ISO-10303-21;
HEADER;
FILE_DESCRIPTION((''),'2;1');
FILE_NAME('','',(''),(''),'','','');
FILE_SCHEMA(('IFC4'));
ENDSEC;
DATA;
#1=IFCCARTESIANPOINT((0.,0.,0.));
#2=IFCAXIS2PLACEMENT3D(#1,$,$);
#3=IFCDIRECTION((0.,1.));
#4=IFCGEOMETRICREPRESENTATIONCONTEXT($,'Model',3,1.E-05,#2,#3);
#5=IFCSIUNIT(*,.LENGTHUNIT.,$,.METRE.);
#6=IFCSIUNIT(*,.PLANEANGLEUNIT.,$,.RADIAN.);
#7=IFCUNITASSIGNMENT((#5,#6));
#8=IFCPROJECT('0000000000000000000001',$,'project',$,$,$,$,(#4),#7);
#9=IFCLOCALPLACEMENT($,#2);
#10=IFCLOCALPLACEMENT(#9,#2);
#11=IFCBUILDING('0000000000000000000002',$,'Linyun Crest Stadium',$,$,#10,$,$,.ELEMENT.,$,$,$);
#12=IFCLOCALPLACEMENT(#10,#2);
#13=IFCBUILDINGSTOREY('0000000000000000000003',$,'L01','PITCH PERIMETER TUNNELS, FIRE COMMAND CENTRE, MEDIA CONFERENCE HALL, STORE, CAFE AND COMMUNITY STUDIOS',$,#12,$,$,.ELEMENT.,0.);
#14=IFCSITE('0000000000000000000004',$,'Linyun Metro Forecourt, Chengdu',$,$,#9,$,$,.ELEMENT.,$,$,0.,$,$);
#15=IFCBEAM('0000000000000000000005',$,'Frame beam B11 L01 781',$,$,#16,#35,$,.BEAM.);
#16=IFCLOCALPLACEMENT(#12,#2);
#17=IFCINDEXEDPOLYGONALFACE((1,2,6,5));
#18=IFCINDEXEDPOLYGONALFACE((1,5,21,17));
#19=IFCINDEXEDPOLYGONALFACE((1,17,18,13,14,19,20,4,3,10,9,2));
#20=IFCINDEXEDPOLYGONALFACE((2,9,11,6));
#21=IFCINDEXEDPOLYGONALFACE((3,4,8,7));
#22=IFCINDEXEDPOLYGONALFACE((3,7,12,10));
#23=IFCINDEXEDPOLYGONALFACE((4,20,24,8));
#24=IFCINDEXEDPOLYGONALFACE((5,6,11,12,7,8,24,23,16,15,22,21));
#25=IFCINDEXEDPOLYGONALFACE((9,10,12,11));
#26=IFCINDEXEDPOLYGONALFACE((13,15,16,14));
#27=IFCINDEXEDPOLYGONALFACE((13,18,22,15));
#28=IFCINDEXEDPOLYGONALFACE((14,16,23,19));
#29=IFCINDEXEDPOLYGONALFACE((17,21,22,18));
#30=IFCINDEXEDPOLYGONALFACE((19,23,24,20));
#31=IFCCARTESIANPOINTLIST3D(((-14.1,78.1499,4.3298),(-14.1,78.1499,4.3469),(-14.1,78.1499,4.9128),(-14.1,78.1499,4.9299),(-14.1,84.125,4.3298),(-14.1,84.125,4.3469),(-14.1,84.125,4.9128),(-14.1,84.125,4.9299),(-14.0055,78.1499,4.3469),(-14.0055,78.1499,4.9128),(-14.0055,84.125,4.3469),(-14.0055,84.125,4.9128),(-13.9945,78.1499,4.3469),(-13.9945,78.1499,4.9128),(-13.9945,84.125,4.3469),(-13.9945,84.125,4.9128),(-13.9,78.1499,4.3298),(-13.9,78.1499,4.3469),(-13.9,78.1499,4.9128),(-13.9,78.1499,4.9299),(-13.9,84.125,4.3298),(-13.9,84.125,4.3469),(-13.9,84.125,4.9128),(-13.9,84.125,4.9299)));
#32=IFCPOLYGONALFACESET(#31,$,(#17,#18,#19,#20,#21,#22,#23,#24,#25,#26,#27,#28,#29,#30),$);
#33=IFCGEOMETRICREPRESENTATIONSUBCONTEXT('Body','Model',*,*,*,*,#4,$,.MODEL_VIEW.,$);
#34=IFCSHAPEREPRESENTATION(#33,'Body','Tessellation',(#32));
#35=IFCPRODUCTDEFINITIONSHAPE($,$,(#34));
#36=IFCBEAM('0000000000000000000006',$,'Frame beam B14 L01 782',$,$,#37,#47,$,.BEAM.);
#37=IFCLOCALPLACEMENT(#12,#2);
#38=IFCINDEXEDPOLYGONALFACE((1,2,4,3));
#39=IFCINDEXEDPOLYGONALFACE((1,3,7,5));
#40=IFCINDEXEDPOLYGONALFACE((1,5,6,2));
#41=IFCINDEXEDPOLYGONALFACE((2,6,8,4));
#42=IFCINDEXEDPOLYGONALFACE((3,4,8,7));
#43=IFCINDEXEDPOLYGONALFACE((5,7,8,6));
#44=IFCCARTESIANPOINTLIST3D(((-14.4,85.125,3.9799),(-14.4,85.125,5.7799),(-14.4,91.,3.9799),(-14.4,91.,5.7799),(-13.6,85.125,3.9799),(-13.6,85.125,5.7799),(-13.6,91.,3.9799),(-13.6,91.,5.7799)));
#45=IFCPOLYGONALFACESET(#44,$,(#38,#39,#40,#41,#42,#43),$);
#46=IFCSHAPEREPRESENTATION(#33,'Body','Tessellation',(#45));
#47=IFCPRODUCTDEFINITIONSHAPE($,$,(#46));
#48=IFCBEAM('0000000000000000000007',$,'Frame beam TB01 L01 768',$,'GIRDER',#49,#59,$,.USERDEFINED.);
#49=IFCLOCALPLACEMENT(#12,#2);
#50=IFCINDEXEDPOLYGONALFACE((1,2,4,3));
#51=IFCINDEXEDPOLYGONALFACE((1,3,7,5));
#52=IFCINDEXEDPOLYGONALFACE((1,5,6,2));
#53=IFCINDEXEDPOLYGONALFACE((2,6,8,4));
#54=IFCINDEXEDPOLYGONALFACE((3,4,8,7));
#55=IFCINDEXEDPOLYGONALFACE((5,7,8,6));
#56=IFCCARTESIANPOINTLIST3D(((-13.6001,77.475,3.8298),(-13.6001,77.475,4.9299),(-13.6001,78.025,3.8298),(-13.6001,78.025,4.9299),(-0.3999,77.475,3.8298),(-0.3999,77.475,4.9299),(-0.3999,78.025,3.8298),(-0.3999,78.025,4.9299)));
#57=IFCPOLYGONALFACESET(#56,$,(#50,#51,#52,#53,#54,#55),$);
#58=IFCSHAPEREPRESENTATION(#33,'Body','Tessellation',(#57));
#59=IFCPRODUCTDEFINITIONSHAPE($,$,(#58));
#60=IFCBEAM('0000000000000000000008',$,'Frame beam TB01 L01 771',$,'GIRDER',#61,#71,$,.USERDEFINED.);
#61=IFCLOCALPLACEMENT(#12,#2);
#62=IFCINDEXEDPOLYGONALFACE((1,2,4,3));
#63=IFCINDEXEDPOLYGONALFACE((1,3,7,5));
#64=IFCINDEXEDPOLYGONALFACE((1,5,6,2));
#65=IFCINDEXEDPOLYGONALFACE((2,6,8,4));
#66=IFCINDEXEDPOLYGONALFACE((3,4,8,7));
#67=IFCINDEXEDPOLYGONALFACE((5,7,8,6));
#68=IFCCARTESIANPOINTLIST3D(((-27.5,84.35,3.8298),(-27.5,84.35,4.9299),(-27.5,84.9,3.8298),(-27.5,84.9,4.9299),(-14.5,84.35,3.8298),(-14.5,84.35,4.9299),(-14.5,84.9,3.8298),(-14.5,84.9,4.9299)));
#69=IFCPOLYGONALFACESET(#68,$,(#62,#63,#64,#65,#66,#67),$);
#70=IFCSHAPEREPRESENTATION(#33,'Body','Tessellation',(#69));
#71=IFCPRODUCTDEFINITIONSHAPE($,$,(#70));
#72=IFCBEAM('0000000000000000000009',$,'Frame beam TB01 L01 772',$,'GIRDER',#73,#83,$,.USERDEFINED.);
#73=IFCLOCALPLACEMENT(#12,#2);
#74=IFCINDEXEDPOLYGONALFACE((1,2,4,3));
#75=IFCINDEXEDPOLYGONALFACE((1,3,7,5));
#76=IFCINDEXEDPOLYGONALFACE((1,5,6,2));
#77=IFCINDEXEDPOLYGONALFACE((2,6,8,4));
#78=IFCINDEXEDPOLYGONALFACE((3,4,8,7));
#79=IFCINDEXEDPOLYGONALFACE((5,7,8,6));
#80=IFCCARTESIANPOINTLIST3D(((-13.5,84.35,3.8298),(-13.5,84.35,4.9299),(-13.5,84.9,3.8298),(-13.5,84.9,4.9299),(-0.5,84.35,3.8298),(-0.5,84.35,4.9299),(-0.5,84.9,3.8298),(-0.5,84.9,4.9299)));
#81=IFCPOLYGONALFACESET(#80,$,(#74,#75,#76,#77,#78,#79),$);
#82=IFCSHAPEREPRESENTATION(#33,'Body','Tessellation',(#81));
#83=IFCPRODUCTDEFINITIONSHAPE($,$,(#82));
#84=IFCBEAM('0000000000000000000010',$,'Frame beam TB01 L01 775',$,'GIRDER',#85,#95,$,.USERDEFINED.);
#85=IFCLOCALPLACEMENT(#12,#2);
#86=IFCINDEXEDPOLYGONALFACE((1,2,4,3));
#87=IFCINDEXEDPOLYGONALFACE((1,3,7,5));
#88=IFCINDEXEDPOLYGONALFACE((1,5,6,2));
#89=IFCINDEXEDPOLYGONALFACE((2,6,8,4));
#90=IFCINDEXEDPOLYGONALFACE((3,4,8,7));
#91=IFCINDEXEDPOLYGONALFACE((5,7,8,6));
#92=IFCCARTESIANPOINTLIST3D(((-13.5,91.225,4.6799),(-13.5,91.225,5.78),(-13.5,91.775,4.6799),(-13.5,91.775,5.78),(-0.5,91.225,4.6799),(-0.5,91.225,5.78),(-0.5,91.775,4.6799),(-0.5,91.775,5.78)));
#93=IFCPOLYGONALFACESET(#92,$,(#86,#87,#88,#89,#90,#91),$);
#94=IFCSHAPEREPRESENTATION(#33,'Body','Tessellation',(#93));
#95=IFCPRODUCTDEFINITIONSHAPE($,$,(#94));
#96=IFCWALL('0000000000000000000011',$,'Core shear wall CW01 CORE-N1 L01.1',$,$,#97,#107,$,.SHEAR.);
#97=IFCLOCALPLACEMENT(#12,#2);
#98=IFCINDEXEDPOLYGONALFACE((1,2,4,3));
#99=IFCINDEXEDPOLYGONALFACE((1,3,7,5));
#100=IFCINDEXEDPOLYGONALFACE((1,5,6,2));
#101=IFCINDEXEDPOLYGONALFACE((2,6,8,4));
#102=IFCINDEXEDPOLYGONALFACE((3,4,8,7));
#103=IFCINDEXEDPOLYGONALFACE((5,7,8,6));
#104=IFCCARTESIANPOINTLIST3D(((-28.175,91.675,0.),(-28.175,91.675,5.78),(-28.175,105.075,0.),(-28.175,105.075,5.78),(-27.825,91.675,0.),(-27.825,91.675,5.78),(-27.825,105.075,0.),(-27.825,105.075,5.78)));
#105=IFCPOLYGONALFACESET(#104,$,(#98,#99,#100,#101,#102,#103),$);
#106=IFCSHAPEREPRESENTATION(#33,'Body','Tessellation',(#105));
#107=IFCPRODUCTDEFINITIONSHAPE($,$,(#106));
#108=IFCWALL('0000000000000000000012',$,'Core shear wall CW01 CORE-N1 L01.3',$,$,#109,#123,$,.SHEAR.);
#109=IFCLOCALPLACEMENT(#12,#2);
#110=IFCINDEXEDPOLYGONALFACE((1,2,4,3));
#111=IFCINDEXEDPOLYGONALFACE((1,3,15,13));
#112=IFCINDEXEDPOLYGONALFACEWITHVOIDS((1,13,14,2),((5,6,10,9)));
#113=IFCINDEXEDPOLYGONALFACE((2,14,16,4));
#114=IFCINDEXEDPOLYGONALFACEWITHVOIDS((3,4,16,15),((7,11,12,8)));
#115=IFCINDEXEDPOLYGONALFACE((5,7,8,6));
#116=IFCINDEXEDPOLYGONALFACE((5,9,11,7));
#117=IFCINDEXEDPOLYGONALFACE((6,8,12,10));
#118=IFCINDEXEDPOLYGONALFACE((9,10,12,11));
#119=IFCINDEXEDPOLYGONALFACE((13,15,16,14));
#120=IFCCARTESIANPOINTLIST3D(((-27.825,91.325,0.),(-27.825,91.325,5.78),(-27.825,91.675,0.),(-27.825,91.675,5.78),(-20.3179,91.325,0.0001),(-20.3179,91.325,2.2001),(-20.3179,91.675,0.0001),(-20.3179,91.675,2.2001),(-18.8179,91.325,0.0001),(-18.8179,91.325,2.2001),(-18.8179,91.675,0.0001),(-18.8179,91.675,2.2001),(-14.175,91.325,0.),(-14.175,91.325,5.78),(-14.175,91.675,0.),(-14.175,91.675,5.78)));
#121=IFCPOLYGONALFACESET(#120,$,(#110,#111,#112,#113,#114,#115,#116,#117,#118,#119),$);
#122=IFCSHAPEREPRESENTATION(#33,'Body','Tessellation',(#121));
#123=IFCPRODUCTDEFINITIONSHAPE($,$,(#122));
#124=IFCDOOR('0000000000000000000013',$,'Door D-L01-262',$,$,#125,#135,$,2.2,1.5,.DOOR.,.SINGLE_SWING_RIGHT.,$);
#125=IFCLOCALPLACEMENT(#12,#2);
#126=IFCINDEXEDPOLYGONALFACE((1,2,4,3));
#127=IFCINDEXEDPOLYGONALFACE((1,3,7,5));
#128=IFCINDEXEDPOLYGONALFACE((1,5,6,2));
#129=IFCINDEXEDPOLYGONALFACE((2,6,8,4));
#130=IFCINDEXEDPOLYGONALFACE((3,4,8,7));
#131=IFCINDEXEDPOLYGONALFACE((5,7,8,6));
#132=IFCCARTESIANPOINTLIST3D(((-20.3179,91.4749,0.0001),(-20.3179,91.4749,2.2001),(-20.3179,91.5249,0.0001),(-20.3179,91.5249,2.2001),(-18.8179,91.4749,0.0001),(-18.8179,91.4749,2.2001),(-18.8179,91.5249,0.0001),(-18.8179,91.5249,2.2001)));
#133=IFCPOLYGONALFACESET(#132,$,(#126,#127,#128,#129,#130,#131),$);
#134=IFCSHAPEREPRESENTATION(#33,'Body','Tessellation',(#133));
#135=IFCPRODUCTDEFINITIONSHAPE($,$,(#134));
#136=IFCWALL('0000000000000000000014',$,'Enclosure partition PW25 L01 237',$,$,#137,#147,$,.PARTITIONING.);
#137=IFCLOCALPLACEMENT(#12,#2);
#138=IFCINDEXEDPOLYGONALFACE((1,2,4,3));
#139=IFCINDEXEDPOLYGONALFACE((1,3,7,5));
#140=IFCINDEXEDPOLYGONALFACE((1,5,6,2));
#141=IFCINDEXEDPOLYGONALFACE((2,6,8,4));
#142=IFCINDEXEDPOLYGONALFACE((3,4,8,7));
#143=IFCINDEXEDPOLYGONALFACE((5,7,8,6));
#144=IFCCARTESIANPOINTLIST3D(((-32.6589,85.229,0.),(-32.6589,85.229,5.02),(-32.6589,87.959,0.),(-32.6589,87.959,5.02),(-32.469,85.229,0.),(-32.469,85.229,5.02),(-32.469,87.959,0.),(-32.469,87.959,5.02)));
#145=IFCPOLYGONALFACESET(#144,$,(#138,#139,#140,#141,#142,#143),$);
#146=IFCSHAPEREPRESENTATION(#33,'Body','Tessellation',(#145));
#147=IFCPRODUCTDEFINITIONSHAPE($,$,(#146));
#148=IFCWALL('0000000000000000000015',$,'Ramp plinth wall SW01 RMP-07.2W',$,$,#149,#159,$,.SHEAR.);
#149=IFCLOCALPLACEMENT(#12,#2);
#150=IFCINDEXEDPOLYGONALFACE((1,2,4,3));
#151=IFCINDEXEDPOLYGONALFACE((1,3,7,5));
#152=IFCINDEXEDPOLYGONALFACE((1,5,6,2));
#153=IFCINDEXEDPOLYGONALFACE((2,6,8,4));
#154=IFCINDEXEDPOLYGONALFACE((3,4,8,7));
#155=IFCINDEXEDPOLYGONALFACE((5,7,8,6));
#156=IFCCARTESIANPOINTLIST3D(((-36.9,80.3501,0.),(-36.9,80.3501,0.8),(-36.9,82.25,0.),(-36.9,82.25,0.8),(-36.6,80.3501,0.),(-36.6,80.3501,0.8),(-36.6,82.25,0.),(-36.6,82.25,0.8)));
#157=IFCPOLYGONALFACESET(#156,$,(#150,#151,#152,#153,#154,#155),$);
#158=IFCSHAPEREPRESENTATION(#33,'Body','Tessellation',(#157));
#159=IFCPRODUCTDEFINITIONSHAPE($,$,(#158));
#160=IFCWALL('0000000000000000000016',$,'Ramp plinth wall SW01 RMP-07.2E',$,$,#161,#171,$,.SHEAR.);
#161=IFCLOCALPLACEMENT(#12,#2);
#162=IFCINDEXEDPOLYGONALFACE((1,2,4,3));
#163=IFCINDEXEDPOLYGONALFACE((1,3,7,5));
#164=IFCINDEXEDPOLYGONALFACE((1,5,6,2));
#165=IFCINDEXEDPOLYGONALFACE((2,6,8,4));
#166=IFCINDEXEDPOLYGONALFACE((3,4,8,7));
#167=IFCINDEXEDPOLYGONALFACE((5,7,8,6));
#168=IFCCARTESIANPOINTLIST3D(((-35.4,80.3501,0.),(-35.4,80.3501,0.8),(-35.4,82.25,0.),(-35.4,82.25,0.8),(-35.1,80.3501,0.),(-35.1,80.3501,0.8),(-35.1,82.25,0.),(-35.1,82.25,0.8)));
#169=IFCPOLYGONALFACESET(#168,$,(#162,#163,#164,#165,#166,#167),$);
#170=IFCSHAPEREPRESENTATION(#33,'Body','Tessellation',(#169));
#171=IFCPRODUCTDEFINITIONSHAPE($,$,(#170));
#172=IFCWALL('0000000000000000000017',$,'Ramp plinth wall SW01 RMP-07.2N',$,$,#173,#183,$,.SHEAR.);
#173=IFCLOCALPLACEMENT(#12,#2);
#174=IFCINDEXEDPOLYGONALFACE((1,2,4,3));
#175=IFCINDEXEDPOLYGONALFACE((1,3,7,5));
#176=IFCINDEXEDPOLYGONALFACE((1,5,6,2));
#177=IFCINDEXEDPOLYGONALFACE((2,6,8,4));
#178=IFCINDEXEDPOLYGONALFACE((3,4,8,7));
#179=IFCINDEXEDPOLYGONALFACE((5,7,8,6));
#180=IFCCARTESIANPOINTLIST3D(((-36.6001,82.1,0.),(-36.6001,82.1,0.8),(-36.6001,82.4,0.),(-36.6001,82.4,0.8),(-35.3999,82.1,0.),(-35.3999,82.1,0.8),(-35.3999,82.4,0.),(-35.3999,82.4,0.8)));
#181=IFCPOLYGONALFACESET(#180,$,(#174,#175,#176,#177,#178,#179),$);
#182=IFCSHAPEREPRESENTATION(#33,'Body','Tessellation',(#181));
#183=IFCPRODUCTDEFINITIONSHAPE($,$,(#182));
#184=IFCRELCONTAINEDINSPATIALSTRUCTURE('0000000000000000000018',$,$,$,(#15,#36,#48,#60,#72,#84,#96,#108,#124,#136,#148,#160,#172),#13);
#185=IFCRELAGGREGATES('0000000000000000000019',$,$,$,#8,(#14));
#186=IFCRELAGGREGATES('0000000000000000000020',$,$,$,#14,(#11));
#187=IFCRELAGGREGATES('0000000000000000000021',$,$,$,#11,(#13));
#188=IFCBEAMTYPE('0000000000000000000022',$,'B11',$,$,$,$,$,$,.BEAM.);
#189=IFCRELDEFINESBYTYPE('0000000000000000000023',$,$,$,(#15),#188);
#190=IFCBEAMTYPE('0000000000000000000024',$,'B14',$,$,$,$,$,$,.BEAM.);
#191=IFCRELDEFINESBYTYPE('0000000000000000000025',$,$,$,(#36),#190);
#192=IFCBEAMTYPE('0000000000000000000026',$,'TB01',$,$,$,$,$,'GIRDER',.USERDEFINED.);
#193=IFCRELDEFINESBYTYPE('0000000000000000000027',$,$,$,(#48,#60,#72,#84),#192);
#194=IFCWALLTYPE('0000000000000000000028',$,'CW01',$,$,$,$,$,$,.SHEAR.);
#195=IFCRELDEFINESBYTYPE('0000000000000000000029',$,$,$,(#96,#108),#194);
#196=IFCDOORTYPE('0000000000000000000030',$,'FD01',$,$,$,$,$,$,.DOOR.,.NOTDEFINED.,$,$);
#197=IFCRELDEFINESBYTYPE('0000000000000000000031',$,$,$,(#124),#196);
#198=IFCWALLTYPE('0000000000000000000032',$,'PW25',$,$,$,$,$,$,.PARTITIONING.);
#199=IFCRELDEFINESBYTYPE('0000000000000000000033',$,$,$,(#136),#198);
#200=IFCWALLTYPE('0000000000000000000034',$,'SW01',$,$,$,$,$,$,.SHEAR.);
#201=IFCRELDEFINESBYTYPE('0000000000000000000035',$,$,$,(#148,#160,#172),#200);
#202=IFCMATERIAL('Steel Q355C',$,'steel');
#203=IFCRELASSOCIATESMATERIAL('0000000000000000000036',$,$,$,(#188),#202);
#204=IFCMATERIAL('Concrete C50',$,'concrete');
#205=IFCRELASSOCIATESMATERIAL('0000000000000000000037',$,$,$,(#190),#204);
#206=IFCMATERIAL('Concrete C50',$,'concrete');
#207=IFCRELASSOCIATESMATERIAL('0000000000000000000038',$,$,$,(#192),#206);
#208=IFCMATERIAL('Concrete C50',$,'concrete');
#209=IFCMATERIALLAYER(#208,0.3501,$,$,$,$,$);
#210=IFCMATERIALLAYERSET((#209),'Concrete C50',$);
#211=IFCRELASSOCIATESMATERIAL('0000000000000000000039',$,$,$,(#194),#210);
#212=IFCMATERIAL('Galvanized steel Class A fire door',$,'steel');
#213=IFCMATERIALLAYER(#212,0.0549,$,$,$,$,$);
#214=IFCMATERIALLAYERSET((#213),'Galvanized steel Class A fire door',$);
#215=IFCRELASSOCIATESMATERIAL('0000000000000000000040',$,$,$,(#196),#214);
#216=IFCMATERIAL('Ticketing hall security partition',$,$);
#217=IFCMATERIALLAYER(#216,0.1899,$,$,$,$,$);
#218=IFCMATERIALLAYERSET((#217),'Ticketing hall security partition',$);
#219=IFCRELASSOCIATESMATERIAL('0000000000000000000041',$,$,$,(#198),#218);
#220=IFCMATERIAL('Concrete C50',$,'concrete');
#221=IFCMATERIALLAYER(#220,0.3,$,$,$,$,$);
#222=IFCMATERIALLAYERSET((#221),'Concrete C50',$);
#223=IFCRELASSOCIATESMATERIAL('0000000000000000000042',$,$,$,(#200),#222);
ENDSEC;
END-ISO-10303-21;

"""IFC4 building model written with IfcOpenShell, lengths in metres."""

from ifc_helpers import new_model, si_unit, direction, frame, frame_2d, origin, origin_2d, place, context, subcontext, project, spatial, rectangle, i_section, extrude, material, layer, layer_set, material_profile, profile_set, type_object, element, fill, save


model = new_model("IFC4")

# Units and contexts
model_context = context("Model", 3, precision=1e-05, world=origin(), true_north=direction((0.0, 1.0)))
body_context = subcontext(model_context, "Body", "Model", "MODEL_VIEW")
ifc_project = project(units=[si_unit("LENGTHUNIT", "METRE"), si_unit("PLANEANGLEUNIT", "RADIAN")], contexts=[model_context])

# Site, building, storey
site_placement = place(None, origin())
site = spatial("IfcSite", under=ifc_project, at=site_placement, Name="Linyun Metro Forecourt, Chengdu", CompositionType="ELEMENT", RefElevation=0.0)
building_placement = place(site_placement, origin())
building = spatial("IfcBuilding", under=site, at=building_placement, Name="Linyun Crest Stadium", CompositionType="ELEMENT")
storey_placement = place(building_placement, origin())
storey = spatial("IfcBuildingStorey", under=building, at=storey_placement, Name="L01", Description="PITCH PERIMETER TUNNELS, FIRE COMMAND CENTRE, MEDIA CONFERENCE HALL, STORE, CAFE AND COMMUNITY STUDIOS", CompositionType="ELEMENT", Elevation=0.0)

# Beams
ifc_material_1 = material(Name="Steel Q355C", Category="steel")
ifc_material_profile_1 = material_profile(ifc_material_1, i_section(OverallWidth=0.2, OverallDepth=0.6001, WebThickness=0.011, FlangeThickness=0.0171, at=origin_2d()), Name="HN 600x200")
ifc_profile_set_1 = profile_set([ifc_material_profile_1], Name="Steel Q355C")
beam_type_1 = type_object("IfcBeamType", Name="B11", PredefinedType="BEAM", material=ifc_profile_set_1)
beam_1_placement = place(storey_placement, frame((-14.0, 78.1499, 4.6299), z_axis=(0.0, 1.0, 0.0), x_axis=(-1.0, 0.0, 0.0)))
element("IfcBeam", 1, at=beam_1_placement, inside=storey, type_object=beam_type_1, Name="Frame beam B11 L01 781", PredefinedType="BEAM", context=body_context, shape_type="SweptSolid", body=[
    extrude(i_section(OverallWidth=0.2, OverallDepth=0.6001, WebThickness=0.011, FlangeThickness=0.0171, at=origin_2d()), origin(), (0.0, 0.0, 1.0), 5.9751),
])
ifc_material_2 = material(Name="Concrete C50", Category="concrete")
ifc_material_profile_2 = material_profile(ifc_material_2, rectangle(XDim=0.8, YDim=1.8, at=origin_2d()), Name="RCB 1800x800")
ifc_profile_set_2 = profile_set([ifc_material_profile_2], Name="Concrete C50")
beam_type_2 = type_object("IfcBeamType", Name="B14", PredefinedType="BEAM", material=ifc_profile_set_2)
beam_2_placement = place(storey_placement, frame((-14.0, 85.125, 4.8799), z_axis=(0.0, 1.0, 0.0), x_axis=(-1.0, 0.0, 0.0)))
element("IfcBeam", 2, at=beam_2_placement, inside=storey, type_object=beam_type_2, Name="Frame beam B14 L01 782", PredefinedType="BEAM", context=body_context, shape_type="SweptSolid", body=[
    extrude(rectangle(XDim=0.8, YDim=1.8, at=origin_2d()), origin(), (0.0, 0.0, 1.0), 5.875),
])
ifc_material_3 = material(Name="Concrete C50", Category="concrete")
ifc_material_profile_3 = material_profile(ifc_material_3, rectangle(XDim=0.55, YDim=1.1001, at=origin_2d()), Name="RCB 1100x550")
ifc_profile_set_3 = profile_set([ifc_material_profile_3], Name="Concrete C50")
beam_type_3 = type_object("IfcBeamType", Name="TB01", ElementType="GIRDER", PredefinedType="USERDEFINED", material=ifc_profile_set_3)
beam_3_placement = place(storey_placement, frame((-13.6001, 77.75, 4.3799), z_axis=(1.0, 0.0, 0.0), x_axis=(0.0, 1.0, 0.0)))
element("IfcBeam", 3, at=beam_3_placement, inside=storey, type_object=beam_type_3, Name="Frame beam TB01 L01 768", ObjectType="GIRDER", PredefinedType="USERDEFINED", context=body_context, shape_type="SweptSolid", body=[
    extrude(rectangle(XDim=0.55, YDim=1.1001, at=origin_2d()), origin(), (0.0, 0.0, 1.0), 13.2002),
])
for number, where, z_axis, x_axis, name in (
    (4, (-27.5, 84.625, 4.3799), (1.0, 0.0, 0.0), (0.0, 1.0, 0.0), "Frame beam TB01 L01 771"),
    (5, (-13.5, 84.625, 4.3799), (1.0, 0.0, 0.0), (0.0, 1.0, 0.0), "Frame beam TB01 L01 772"),
    (6, (-13.5, 91.5, 5.23), (1.0, 0.0, 0.0), (0.0, 1.0, 0.0), "Frame beam TB01 L01 775"),
):
    element("IfcBeam", number, at=place(storey_placement, frame(where, z_axis=z_axis, x_axis=x_axis)), inside=storey, type_object=beam_type_3, Name=name, ObjectType="GIRDER", PredefinedType="USERDEFINED", context=body_context, shape_type="SweptSolid", body=[
        extrude(rectangle(XDim=0.55, YDim=1.1001, at=origin_2d()), origin(), (0.0, 0.0, 1.0), 13.0),
    ])

# Wall
ifc_material_4 = material(Name="Concrete C50", Category="concrete")
ifc_layer_1 = layer(ifc_material_4, 0.3501)
ifc_layer_set_1 = layer_set([ifc_layer_1], Name="Concrete C50")
wall_type_1 = type_object("IfcWallType", Name="CW01", PredefinedType="SHEAR", material=ifc_layer_set_1)
wall_1_placement = place(storey_placement, frame((-28.0, 91.675, 0.0), z_axis=(0.0, 0.0, 1.0), x_axis=(0.0, 1.0, 0.0)))
element("IfcWall", 7, at=wall_1_placement, inside=storey, type_object=wall_type_1, Name="Core shear wall CW01 CORE-N1 L01.1", PredefinedType="SHEAR", context=body_context, shape_type="SweptSolid", body=[
    extrude(rectangle(XDim=13.3999, YDim=0.3501, at=frame_2d((6.7, 0.0))), origin(), (0.0, 0.0, 1.0), 5.78),
])

# Wall, opening, door
wall_2_placement = place(storey_placement, frame((-27.825, 91.5, 0.0), z_axis=(0.0, 0.0, 1.0), x_axis=(1.0, 0.0, 0.0)))
wall_2 = element("IfcWall", 8, at=wall_2_placement, inside=storey, type_object=wall_type_1, Name="Core shear wall CW01 CORE-N1 L01.3", PredefinedType="SHEAR", context=body_context, shape_type="SweptSolid", body=[
    extrude(rectangle(XDim=13.6499, YDim=0.3501, at=frame_2d((6.825, 0.0))), origin(), (0.0, 0.0, 1.0), 5.78),
])
opening_placement = place(wall_2_placement, frame((7.5071, 0.0, 0.0)))
opening = element("IfcOpeningElement", 9, at=opening_placement, cuts=wall_2, PredefinedType="OPENING", context=body_context, shape_type="SweptSolid", body=[
    extrude(rectangle(XDim=1.5, YDim=2.2, at=frame_2d((0.75, 1.1001))), frame((0.0, 0.1851, 0.0), z_axis=(0.0, -1.0, 0.0), x_axis=(1.0, 0.0, 0.0)), (0.0, 0.0, 1.0), 0.3701),
])
ifc_material_5 = material(Name="Galvanized steel Class A fire door", Category="steel")
ifc_layer_2 = layer(ifc_material_5, 0.0549)
ifc_layer_set_2 = layer_set([ifc_layer_2], Name="Galvanized steel Class A fire door")
door_type = type_object("IfcDoorType", Name="FD01", OperationType="NOTDEFINED", PredefinedType="DOOR", material=ifc_layer_set_2)
door_placement = place(opening_placement, origin())
door = element("IfcDoor", 10, at=door_placement, inside=storey, type_object=door_type, Name="Door D-L01-262", OperationType="SINGLE_SWING_RIGHT", OverallHeight=2.2, OverallWidth=1.5, PredefinedType="DOOR", context=body_context, shape_type="SweptSolid", body=[
    extrude(rectangle(XDim=1.5, YDim=2.2, at=frame_2d((0.75, 1.1001))), frame((0.0, 0.0249, 0.0), z_axis=(0.0, -1.0, 0.0), x_axis=(1.0, 0.0, 0.0)), (0.0, 0.0, 1.0), 0.05),
])
fill(opening, door)

# Walls
ifc_material_6 = material(Name="Ticketing hall security partition")
ifc_layer_3 = layer(ifc_material_6, 0.1899)
ifc_layer_set_3 = layer_set([ifc_layer_3], Name="Ticketing hall security partition")
wall_type_2 = type_object("IfcWallType", Name="PW25", PredefinedType="PARTITIONING", material=ifc_layer_set_3)
wall_3_placement = place(storey_placement, frame((-32.564, 85.229, 0.0), z_axis=(0.0, 0.0, 1.0), x_axis=(0.0, 1.0, 0.0)))
element("IfcWall", 11, at=wall_3_placement, inside=storey, type_object=wall_type_2, Name="Enclosure partition PW25 L01 237", PredefinedType="PARTITIONING", context=body_context, shape_type="SweptSolid", body=[
    extrude(rectangle(XDim=2.73, YDim=0.1899, at=frame_2d((1.365, 0.0))), origin(), (0.0, 0.0, 1.0), 5.02),
])
ifc_material_7 = material(Name="Concrete C50", Category="concrete")
ifc_layer_4 = layer(ifc_material_7, 0.3)
ifc_layer_set_4 = layer_set([ifc_layer_4], Name="Concrete C50")
wall_type_3 = type_object("IfcWallType", Name="SW01", PredefinedType="SHEAR", material=ifc_layer_set_4)
for number, where, z_axis, x_axis, name in (
    (12, (-36.75, 80.3501, 0.0), (0.0, 0.0, 1.0), (0.0, 1.0, 0.0), "Ramp plinth wall SW01 RMP-07.2W"),
    (13, (-35.25, 80.3501, 0.0), (0.0, 0.0, 1.0), (0.0, 1.0, 0.0), "Ramp plinth wall SW01 RMP-07.2E"),
):
    element("IfcWall", number, at=place(storey_placement, frame(where, z_axis=z_axis, x_axis=x_axis)), inside=storey, type_object=wall_type_3, Name=name, PredefinedType="SHEAR", context=body_context, shape_type="SweptSolid", body=[
        extrude(rectangle(XDim=1.8999, YDim=0.3, at=frame_2d((0.95, 0.0))), origin(), (0.0, 0.0, 1.0), 0.8),
    ])
wall_4_placement = place(storey_placement, frame((-36.6001, 82.25, 0.0), z_axis=(0.0, 0.0, 1.0), x_axis=(1.0, 0.0, 0.0)))
element("IfcWall", 14, at=wall_4_placement, inside=storey, type_object=wall_type_3, Name="Ramp plinth wall SW01 RMP-07.2N", PredefinedType="SHEAR", context=body_context, shape_type="SweptSolid", body=[
    extrude(rectangle(XDim=1.2002, YDim=0.3, at=frame_2d((0.6001, 0.0))), origin(), (0.0, 0.0, 1.0), 0.8),
])

save(model, "model.ifc")
